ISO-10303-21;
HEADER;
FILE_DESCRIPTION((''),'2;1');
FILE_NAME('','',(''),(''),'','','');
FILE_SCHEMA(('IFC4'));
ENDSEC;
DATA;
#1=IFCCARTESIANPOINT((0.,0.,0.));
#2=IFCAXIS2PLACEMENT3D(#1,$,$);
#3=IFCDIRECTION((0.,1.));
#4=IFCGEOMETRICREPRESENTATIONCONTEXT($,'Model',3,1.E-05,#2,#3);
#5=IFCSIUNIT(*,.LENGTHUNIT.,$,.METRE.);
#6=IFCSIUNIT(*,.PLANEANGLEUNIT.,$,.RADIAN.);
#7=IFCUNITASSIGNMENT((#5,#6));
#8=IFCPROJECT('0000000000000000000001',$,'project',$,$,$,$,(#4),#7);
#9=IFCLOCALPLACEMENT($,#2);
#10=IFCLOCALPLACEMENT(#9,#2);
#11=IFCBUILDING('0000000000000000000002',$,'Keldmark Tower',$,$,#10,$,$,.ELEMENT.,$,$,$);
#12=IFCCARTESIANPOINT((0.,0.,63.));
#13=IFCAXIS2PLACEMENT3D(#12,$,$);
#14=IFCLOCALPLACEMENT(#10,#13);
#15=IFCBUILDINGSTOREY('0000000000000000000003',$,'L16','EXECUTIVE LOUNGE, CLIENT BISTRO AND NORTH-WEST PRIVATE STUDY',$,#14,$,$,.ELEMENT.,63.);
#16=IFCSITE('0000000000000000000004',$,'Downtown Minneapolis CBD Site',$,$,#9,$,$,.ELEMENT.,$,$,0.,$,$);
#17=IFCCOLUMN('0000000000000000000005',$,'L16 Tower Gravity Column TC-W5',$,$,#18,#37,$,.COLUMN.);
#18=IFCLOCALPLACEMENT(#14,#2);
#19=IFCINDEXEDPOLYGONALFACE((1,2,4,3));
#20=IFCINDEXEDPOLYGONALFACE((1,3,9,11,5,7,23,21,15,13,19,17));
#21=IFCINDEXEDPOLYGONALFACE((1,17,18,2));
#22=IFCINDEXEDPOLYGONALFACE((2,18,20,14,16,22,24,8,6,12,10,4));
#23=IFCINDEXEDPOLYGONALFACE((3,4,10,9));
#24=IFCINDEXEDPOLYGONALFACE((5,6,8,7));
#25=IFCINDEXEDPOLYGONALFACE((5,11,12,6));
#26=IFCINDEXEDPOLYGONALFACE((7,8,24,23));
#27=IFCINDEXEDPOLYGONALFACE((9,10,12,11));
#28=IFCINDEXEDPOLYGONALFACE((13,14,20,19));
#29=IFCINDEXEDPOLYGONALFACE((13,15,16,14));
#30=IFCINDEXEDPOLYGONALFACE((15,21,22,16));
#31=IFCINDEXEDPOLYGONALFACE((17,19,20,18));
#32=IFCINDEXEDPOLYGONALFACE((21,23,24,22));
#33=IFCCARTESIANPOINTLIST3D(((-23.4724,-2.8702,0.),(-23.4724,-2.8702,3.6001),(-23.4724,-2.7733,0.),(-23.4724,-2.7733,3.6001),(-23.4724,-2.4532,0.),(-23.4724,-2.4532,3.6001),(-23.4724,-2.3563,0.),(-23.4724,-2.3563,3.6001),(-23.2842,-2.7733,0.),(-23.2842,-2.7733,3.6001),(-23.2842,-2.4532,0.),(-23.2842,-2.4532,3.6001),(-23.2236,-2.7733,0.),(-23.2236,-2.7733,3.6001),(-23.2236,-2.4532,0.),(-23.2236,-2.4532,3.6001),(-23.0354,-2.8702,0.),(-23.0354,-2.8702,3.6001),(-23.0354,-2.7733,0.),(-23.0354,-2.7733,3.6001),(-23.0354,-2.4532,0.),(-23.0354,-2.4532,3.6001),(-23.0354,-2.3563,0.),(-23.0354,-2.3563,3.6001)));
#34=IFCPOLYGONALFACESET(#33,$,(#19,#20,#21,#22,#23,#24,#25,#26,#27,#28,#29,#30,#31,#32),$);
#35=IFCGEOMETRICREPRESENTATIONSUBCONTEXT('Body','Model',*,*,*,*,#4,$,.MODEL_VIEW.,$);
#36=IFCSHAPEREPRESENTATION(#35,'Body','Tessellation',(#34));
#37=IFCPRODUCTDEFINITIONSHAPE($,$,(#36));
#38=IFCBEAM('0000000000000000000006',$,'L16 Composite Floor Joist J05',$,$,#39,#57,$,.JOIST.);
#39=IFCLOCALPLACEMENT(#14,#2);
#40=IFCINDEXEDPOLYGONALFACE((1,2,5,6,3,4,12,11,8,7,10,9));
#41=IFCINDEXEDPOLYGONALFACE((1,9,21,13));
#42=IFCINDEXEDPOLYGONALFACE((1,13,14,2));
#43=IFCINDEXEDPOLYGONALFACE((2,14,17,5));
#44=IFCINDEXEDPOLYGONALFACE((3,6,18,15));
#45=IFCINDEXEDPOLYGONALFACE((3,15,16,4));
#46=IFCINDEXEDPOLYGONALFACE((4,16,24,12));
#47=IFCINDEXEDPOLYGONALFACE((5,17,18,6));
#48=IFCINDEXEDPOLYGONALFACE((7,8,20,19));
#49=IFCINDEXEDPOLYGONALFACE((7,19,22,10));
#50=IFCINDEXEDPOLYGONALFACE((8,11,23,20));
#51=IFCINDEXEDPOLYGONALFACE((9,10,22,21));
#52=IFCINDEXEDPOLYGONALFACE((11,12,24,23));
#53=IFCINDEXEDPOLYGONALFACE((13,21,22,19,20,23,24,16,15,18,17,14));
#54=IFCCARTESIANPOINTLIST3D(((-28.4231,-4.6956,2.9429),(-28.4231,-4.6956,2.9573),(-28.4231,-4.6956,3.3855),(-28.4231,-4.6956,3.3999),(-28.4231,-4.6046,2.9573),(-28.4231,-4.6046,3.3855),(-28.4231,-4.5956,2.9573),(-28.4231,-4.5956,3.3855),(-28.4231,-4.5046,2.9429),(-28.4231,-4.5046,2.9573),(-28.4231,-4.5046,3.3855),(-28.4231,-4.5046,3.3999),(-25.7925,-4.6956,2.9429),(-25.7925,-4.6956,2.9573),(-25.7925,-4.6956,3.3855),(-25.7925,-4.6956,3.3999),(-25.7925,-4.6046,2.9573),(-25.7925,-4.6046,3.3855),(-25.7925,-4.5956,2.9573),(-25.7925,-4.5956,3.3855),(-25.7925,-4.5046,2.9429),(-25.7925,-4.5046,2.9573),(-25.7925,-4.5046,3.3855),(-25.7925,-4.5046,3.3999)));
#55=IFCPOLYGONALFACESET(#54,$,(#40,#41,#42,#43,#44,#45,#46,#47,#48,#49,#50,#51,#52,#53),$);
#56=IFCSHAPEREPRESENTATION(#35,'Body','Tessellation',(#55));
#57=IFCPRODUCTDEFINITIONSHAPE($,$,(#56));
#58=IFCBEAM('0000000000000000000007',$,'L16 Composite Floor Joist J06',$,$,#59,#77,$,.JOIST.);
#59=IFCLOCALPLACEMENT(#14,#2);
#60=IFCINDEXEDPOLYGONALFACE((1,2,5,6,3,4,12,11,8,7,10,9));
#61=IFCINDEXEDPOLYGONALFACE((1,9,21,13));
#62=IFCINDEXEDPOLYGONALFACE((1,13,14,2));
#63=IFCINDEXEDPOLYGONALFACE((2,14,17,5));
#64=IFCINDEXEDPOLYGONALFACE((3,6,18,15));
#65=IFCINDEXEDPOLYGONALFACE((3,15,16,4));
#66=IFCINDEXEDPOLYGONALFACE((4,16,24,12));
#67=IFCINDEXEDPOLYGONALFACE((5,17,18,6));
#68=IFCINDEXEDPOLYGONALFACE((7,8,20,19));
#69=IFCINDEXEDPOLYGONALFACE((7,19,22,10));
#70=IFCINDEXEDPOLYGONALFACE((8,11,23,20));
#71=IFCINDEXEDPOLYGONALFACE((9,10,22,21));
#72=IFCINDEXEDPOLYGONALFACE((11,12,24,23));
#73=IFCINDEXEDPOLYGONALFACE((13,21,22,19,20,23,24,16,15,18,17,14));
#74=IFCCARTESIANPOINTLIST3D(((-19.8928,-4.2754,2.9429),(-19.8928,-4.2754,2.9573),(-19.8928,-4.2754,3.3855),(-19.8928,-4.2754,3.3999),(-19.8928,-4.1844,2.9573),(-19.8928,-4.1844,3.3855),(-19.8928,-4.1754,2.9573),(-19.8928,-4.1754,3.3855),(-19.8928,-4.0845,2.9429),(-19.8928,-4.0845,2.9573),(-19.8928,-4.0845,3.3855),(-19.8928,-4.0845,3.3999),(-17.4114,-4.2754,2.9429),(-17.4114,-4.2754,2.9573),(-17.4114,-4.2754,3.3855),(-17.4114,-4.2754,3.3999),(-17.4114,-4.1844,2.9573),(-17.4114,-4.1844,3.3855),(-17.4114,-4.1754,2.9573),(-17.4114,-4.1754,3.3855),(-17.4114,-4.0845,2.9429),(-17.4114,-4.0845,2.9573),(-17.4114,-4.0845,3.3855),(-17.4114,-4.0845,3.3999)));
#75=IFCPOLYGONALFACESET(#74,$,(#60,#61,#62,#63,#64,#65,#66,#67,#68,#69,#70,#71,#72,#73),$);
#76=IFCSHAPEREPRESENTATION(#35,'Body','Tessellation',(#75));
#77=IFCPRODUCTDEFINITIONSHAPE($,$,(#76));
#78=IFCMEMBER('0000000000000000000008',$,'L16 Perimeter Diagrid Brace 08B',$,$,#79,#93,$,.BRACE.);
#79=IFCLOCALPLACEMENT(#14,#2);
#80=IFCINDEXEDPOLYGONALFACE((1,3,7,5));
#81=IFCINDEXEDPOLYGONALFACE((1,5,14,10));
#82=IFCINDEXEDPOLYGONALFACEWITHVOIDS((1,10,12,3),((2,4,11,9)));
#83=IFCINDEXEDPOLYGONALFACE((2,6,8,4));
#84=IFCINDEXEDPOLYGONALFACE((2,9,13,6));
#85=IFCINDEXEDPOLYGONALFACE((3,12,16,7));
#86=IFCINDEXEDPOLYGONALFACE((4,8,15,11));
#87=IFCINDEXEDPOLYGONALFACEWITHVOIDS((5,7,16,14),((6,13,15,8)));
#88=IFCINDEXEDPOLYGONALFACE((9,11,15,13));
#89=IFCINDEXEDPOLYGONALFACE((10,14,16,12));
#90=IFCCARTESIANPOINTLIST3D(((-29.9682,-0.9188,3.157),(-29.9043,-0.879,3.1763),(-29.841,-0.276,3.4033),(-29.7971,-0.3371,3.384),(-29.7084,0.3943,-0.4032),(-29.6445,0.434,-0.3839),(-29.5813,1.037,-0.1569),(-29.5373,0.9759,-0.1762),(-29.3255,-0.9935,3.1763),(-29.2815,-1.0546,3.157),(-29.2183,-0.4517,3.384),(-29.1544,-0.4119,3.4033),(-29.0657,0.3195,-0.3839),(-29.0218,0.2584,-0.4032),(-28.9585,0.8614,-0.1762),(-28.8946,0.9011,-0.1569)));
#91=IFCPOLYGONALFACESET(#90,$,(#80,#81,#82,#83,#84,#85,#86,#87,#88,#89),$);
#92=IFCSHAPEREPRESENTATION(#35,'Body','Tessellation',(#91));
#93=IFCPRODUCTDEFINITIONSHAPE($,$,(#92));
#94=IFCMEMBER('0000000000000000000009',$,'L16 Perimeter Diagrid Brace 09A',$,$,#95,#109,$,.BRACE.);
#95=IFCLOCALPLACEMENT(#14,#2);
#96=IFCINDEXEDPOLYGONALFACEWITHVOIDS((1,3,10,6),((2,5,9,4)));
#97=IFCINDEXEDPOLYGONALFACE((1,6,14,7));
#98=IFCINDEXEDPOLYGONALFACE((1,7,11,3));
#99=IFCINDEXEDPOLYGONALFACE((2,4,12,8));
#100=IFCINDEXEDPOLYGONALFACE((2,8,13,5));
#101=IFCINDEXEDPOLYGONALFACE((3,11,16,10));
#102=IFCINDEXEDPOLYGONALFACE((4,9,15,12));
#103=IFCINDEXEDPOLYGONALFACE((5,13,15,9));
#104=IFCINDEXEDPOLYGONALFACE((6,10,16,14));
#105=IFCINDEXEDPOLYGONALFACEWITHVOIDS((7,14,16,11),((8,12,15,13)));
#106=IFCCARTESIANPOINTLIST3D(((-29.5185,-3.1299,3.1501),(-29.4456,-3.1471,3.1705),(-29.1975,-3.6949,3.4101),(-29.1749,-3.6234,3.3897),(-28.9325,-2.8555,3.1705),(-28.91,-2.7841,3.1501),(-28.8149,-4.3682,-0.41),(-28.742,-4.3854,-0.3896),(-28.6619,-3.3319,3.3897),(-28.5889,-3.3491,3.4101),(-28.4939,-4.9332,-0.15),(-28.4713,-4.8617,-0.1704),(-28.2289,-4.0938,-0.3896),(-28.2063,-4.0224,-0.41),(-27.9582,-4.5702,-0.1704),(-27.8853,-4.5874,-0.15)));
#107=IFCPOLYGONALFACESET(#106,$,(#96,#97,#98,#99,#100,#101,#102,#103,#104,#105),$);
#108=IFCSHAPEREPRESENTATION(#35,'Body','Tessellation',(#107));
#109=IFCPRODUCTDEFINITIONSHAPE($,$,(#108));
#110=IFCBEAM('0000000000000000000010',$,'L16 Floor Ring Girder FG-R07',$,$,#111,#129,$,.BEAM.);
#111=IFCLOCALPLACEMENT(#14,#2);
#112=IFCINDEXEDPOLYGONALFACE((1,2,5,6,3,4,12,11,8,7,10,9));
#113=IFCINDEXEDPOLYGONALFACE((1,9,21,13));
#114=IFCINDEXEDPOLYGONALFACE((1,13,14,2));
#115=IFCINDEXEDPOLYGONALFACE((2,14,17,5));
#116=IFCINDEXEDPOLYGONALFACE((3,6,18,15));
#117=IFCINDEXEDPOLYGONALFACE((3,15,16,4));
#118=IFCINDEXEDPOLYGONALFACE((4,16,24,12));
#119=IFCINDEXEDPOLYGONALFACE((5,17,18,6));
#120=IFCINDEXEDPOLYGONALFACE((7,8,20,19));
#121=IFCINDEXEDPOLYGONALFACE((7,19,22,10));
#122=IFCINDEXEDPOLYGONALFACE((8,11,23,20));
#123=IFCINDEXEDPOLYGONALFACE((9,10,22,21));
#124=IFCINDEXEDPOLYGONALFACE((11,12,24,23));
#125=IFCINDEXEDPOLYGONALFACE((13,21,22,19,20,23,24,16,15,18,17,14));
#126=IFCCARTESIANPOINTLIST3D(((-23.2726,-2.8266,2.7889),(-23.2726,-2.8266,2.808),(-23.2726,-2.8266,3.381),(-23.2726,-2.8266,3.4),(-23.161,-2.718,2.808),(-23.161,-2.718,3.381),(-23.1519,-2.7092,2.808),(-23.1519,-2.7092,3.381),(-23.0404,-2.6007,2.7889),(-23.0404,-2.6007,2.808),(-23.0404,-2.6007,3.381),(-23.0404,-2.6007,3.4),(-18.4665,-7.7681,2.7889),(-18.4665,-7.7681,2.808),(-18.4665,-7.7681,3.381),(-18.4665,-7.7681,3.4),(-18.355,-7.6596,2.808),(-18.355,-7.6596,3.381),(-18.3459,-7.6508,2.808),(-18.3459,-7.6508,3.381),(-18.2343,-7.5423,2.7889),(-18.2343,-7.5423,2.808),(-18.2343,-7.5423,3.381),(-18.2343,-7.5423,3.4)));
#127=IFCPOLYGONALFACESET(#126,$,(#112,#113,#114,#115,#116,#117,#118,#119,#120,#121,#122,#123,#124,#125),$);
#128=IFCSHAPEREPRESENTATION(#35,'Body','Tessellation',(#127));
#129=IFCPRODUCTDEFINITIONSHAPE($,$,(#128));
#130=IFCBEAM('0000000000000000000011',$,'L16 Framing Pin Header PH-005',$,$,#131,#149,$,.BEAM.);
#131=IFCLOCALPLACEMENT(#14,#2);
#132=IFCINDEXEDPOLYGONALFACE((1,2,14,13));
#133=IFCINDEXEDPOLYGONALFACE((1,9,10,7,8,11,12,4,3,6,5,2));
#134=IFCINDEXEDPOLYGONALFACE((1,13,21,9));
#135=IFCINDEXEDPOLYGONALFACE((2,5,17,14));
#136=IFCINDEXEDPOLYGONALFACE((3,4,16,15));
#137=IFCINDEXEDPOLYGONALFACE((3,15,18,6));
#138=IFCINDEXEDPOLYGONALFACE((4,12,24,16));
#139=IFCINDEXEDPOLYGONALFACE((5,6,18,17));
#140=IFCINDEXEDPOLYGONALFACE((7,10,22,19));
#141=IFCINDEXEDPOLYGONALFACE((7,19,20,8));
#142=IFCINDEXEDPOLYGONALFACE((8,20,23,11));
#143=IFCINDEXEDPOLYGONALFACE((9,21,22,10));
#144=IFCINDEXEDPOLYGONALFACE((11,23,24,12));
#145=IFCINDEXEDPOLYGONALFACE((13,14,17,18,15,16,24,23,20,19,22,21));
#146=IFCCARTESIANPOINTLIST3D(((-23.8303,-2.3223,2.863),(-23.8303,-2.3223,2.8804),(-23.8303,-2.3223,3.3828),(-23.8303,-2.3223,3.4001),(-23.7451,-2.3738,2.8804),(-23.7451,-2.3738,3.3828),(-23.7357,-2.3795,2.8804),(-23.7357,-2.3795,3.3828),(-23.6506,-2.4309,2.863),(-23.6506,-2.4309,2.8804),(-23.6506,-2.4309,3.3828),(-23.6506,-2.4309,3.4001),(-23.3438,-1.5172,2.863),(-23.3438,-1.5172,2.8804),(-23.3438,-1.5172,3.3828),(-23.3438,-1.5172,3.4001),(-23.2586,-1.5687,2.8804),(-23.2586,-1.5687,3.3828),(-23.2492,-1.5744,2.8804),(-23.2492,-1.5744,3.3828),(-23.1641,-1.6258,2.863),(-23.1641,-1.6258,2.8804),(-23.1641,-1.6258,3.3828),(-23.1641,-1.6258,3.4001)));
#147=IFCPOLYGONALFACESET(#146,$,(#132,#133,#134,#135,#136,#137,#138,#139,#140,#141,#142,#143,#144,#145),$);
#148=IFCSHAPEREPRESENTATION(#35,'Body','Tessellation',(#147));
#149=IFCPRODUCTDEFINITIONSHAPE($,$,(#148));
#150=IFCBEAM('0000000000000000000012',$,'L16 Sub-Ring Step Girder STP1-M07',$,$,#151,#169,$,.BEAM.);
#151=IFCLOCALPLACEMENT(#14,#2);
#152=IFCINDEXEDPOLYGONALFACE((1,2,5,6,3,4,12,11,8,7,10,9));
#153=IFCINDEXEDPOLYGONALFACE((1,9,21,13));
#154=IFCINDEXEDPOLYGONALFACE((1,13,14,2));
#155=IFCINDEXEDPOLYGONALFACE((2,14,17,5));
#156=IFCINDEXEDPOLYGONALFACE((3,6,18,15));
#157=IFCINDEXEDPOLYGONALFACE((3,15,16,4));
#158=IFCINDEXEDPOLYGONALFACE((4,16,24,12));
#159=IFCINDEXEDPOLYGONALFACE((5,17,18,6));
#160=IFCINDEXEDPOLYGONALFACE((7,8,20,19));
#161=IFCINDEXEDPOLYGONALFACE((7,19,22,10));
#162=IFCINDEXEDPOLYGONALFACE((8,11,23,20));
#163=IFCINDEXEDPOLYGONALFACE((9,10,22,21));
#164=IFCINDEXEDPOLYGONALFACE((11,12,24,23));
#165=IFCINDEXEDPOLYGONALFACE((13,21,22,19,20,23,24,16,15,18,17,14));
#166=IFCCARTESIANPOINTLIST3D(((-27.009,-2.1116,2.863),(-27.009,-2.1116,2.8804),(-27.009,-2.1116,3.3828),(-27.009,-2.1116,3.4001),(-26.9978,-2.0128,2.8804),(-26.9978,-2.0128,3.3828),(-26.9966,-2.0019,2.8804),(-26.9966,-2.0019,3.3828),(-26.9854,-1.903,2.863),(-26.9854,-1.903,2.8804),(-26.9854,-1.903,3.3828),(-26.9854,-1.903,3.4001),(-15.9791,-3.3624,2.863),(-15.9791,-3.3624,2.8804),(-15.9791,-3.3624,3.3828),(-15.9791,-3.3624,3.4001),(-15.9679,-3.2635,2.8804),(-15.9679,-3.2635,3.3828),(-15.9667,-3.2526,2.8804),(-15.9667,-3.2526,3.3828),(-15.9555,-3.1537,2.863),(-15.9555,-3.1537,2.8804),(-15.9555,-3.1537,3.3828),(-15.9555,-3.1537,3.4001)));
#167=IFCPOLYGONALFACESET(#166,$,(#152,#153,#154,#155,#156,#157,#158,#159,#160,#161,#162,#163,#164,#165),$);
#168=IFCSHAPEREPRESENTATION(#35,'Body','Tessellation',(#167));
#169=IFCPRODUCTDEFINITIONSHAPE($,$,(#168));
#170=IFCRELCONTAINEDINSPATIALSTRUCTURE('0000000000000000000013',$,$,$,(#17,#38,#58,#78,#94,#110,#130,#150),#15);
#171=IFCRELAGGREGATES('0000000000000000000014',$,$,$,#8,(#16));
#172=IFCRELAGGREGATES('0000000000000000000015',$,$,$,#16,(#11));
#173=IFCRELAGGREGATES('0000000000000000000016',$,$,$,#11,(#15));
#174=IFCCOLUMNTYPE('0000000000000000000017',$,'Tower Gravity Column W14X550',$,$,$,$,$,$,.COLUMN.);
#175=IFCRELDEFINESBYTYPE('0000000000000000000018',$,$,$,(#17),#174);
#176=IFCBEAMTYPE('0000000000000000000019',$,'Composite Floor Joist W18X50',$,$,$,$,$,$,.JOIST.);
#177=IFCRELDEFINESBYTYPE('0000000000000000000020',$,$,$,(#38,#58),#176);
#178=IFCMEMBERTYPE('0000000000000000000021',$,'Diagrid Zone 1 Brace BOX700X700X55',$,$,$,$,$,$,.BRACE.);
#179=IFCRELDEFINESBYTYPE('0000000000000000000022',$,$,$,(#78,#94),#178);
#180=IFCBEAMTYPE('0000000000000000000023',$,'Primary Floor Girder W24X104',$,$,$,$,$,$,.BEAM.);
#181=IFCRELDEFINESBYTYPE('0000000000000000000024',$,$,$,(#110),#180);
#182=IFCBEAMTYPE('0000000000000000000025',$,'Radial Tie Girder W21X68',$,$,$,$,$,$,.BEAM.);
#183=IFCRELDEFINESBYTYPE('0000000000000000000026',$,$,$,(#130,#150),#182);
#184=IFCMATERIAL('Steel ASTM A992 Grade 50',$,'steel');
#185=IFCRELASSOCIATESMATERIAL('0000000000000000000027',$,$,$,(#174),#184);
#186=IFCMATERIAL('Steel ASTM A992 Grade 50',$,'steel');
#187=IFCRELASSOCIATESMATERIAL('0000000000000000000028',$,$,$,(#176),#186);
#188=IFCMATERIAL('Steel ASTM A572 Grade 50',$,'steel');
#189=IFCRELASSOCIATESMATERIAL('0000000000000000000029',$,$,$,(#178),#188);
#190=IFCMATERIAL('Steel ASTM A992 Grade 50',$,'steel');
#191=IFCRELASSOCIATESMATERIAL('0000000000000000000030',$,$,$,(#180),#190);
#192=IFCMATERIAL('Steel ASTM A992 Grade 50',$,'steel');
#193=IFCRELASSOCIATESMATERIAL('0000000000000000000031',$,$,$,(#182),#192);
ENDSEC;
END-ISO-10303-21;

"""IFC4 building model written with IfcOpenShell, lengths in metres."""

from ifc_helpers import new_model, si_unit, direction, frame, origin, origin_2d, place, context, subcontext, project, spatial, hollow_rectangle, i_section, extrude, material, material_profile, profile_set, type_object, element, save


model = new_model("IFC4")

# Units and contexts
model_context = context("Model", 3, precision=1e-05, world=origin(), true_north=direction((0.0, 1.0)))
body_context = subcontext(model_context, "Body", "Model", "MODEL_VIEW")
ifc_project = project(units=[si_unit("LENGTHUNIT", "METRE"), si_unit("PLANEANGLEUNIT", "RADIAN")], contexts=[model_context])

# Site, building, storey
site_placement = place(None, origin())
site = spatial("IfcSite", under=ifc_project, at=site_placement, Name="Downtown Minneapolis CBD Site", CompositionType="ELEMENT", RefElevation=0.0)
building_placement = place(site_placement, origin())
building = spatial("IfcBuilding", under=site, at=building_placement, Name="Keldmark Tower", CompositionType="ELEMENT")
storey_placement = place(building_placement, frame((0.0, 0.0, 63.0)))
storey = spatial("IfcBuildingStorey", under=building, at=storey_placement, Name="L16", Description="EXECUTIVE LOUNGE, CLIENT BISTRO AND NORTH-WEST PRIVATE STUDY", CompositionType="ELEMENT", Elevation=63.0)

# Column
ifc_material_1 = material(Name="Steel ASTM A992 Grade 50", Category="steel")
ifc_material_profile_1 = material_profile(ifc_material_1, i_section(OverallWidth=0.437, OverallDepth=0.5139, WebThickness=0.0605, FlangeThickness=0.0969, at=origin_2d()), Name="W14X550")
ifc_profile_set_1 = profile_set([ifc_material_profile_1], Name="Steel ASTM A992 Grade 50")
column_type = type_object("IfcColumnType", Name="Tower Gravity Column W14X550", PredefinedType="COLUMN", material=ifc_profile_set_1)
column_placement = place(storey_placement, frame((-23.2539, -2.6133, 0.0), z_axis=(0.0, 0.0, 1.0), x_axis=(1.0, 0.0, 0.0)))
element("IfcColumn", 1, at=column_placement, inside=storey, type_object=column_type, Name="L16 Tower Gravity Column TC-W5", PredefinedType="COLUMN", context=body_context, shape_type="SweptSolid", body=[
    extrude(i_section(OverallWidth=0.437, OverallDepth=0.5139, WebThickness=0.0605, FlangeThickness=0.0969, at=origin_2d()), origin(), (0.0, 0.0, 1.0), 3.6001),
])

# Beams
ifc_material_2 = material(Name="Steel ASTM A992 Grade 50", Category="steel")
ifc_material_profile_2 = material_profile(ifc_material_2, i_section(OverallWidth=0.1909, OverallDepth=0.457, WebThickness=0.009, FlangeThickness=0.0144, at=origin_2d()), Name="W18X50")
ifc_profile_set_2 = profile_set([ifc_material_profile_2], Name="Steel ASTM A992 Grade 50")
beam_type_1 = type_object("IfcBeamType", Name="Composite Floor Joist W18X50", PredefinedType="JOIST", material=ifc_profile_set_2)
beam_1_placement = place(storey_placement, frame((-28.4231, -4.6001, 3.1714), z_axis=(1.0, 0.0, 0.0), x_axis=(0.0, 1.0, 0.0)))
element("IfcBeam", 2, at=beam_1_placement, inside=storey, type_object=beam_type_1, Name="L16 Composite Floor Joist J05", PredefinedType="JOIST", context=body_context, shape_type="SweptSolid", body=[
    extrude(i_section(OverallWidth=0.1909, OverallDepth=0.457, WebThickness=0.009, FlangeThickness=0.0144, at=origin_2d()), origin(), (0.0, 0.0, 1.0), 2.6306),
])
beam_2_placement = place(storey_placement, frame((-19.8928, -4.1799, 3.1714), z_axis=(1.0, 0.0, 0.0), x_axis=(0.0, 1.0, 0.0)))
element("IfcBeam", 3, at=beam_2_placement, inside=storey, type_object=beam_type_1, Name="L16 Composite Floor Joist J06", PredefinedType="JOIST", context=body_context, shape_type="SweptSolid", body=[
    extrude(i_section(OverallWidth=0.1909, OverallDepth=0.457, WebThickness=0.009, FlangeThickness=0.0144, at=origin_2d()), origin(), (0.0, 0.0, 1.0), 2.4814),
])

# Members
ifc_material_3 = material(Name="Steel ASTM A572 Grade 50", Category="steel")
ifc_material_profile_3 = material_profile(ifc_material_3, hollow_rectangle(XDim=0.7, YDim=0.7, WallThickness=0.0549, at=origin_2d()), Name="BOX700X700X55")
ifc_profile_set_3 = profile_set([ifc_material_profile_3], Name="Steel ASTM A572 Grade 50")
member_type = type_object("IfcMemberType", Name="Diagrid Zone 1 Brace BOX700X700X55", PredefinedType="BRACE", material=ifc_profile_set_3)
member_1_placement = place(storey_placement, frame((-29.3015, 0.6477, -0.28), z_axis=(-0.068299, -0.345219, 0.936034), x_axis=(0.980985, -0.194081, 0.0)))
element("IfcMember", 4, at=member_1_placement, inside=storey, type_object=member_type, Name="L16 Perimeter Diagrid Brace 08B", PredefinedType="BRACE", context=body_context, shape_type="SweptSolid", body=[
    extrude(hollow_rectangle(XDim=0.7, YDim=0.7, WallThickness=0.0549, at=origin_2d()), origin(), (0.0, 0.0, 1.0), 3.8035),
])
member_2_placement = place(storey_placement, frame((-28.3501, -4.4778, -0.28), z_axis=(-0.183501, 0.322942, 0.928459), x_axis=(-0.869443, -0.494033, 0.0)))
element("IfcMember", 5, at=member_2_placement, inside=storey, type_object=member_type, Name="L16 Perimeter Diagrid Brace 09A", PredefinedType="BRACE", context=body_context, shape_type="SweptSolid", body=[
    extrude(hollow_rectangle(XDim=0.7, YDim=0.7, WallThickness=0.0549, at=origin_2d()), origin(), (0.0, 0.0, 1.0), 3.8345),
])

# Beams
ifc_material_4 = material(Name="Steel ASTM A992 Grade 50", Category="steel")
ifc_material_profile_4 = material_profile(ifc_material_4, i_section(OverallWidth=0.324, OverallDepth=0.6111, WebThickness=0.0127, FlangeThickness=0.019, at=origin_2d()), Name="W24X104")
ifc_profile_set_4 = profile_set([ifc_material_profile_4], Name="Steel ASTM A992 Grade 50")
beam_type_2 = type_object("IfcBeamType", Name="Primary Floor Girder W24X104", PredefinedType="BEAM", material=ifc_profile_set_4)
beam_3_placement = place(storey_placement, frame((-23.1565, -2.7136, 3.0945), z_axis=(0.69721, -0.716867, 0.0), x_axis=(0.716867, 0.69721, 0.0)))
element("IfcBeam", 6, at=beam_3_placement, inside=storey, type_object=beam_type_2, Name="L16 Floor Ring Girder FG-R07", PredefinedType="BEAM", context=body_context, shape_type="SweptSolid", body=[
    extrude(i_section(OverallWidth=0.324, OverallDepth=0.6111, WebThickness=0.0127, FlangeThickness=0.019, at=origin_2d()), origin(), (0.0, 0.0, 1.0), 6.8933),
])
ifc_material_5 = material(Name="Steel ASTM A992 Grade 50", Category="steel")
ifc_material_profile_5 = material_profile(ifc_material_5, i_section(OverallWidth=0.21, OverallDepth=0.5371, WebThickness=0.011, FlangeThickness=0.0173, at=origin_2d()), Name="W21X68")
ifc_profile_set_5 = profile_set([ifc_material_profile_5], Name="Steel ASTM A992 Grade 50")
beam_type_3 = type_object("IfcBeamType", Name="Radial Tie Girder W21X68", PredefinedType="BEAM", material=ifc_profile_set_5)
beam_4_placement = place(storey_placement, frame((-23.2539, -1.5715, 3.1316), z_axis=(-0.517203, -0.855863, 0.0), x_axis=(0.855863, -0.517203, 0.0)))
element("IfcBeam", 7, at=beam_4_placement, inside=storey, type_object=beam_type_3, Name="L16 Framing Pin Header PH-005", PredefinedType="BEAM", context=body_context, shape_type="SweptSolid", body=[
    extrude(i_section(OverallWidth=0.21, OverallDepth=0.5371, WebThickness=0.011, FlangeThickness=0.0173, at=origin_2d()), origin(), (0.0, 0.0, 1.0), 0.9407),
])
beam_5_placement = place(storey_placement, frame((-15.9673, -3.2581, 3.1316), z_axis=(-0.993632, 0.112674, 0.0), x_axis=(-0.112674, -0.993632, 0.0)))
element("IfcBeam", 8, at=beam_5_placement, inside=storey, type_object=beam_type_3, Name="L16 Sub-Ring Step Girder STP1-M07", PredefinedType="BEAM", context=body_context, shape_type="SweptSolid", body=[
    extrude(i_section(OverallWidth=0.21, OverallDepth=0.5371, WebThickness=0.011, FlangeThickness=0.0173, at=origin_2d()), origin(), (0.0, 0.0, 1.0), 11.1006),
])

save(model, "model.ifc")
